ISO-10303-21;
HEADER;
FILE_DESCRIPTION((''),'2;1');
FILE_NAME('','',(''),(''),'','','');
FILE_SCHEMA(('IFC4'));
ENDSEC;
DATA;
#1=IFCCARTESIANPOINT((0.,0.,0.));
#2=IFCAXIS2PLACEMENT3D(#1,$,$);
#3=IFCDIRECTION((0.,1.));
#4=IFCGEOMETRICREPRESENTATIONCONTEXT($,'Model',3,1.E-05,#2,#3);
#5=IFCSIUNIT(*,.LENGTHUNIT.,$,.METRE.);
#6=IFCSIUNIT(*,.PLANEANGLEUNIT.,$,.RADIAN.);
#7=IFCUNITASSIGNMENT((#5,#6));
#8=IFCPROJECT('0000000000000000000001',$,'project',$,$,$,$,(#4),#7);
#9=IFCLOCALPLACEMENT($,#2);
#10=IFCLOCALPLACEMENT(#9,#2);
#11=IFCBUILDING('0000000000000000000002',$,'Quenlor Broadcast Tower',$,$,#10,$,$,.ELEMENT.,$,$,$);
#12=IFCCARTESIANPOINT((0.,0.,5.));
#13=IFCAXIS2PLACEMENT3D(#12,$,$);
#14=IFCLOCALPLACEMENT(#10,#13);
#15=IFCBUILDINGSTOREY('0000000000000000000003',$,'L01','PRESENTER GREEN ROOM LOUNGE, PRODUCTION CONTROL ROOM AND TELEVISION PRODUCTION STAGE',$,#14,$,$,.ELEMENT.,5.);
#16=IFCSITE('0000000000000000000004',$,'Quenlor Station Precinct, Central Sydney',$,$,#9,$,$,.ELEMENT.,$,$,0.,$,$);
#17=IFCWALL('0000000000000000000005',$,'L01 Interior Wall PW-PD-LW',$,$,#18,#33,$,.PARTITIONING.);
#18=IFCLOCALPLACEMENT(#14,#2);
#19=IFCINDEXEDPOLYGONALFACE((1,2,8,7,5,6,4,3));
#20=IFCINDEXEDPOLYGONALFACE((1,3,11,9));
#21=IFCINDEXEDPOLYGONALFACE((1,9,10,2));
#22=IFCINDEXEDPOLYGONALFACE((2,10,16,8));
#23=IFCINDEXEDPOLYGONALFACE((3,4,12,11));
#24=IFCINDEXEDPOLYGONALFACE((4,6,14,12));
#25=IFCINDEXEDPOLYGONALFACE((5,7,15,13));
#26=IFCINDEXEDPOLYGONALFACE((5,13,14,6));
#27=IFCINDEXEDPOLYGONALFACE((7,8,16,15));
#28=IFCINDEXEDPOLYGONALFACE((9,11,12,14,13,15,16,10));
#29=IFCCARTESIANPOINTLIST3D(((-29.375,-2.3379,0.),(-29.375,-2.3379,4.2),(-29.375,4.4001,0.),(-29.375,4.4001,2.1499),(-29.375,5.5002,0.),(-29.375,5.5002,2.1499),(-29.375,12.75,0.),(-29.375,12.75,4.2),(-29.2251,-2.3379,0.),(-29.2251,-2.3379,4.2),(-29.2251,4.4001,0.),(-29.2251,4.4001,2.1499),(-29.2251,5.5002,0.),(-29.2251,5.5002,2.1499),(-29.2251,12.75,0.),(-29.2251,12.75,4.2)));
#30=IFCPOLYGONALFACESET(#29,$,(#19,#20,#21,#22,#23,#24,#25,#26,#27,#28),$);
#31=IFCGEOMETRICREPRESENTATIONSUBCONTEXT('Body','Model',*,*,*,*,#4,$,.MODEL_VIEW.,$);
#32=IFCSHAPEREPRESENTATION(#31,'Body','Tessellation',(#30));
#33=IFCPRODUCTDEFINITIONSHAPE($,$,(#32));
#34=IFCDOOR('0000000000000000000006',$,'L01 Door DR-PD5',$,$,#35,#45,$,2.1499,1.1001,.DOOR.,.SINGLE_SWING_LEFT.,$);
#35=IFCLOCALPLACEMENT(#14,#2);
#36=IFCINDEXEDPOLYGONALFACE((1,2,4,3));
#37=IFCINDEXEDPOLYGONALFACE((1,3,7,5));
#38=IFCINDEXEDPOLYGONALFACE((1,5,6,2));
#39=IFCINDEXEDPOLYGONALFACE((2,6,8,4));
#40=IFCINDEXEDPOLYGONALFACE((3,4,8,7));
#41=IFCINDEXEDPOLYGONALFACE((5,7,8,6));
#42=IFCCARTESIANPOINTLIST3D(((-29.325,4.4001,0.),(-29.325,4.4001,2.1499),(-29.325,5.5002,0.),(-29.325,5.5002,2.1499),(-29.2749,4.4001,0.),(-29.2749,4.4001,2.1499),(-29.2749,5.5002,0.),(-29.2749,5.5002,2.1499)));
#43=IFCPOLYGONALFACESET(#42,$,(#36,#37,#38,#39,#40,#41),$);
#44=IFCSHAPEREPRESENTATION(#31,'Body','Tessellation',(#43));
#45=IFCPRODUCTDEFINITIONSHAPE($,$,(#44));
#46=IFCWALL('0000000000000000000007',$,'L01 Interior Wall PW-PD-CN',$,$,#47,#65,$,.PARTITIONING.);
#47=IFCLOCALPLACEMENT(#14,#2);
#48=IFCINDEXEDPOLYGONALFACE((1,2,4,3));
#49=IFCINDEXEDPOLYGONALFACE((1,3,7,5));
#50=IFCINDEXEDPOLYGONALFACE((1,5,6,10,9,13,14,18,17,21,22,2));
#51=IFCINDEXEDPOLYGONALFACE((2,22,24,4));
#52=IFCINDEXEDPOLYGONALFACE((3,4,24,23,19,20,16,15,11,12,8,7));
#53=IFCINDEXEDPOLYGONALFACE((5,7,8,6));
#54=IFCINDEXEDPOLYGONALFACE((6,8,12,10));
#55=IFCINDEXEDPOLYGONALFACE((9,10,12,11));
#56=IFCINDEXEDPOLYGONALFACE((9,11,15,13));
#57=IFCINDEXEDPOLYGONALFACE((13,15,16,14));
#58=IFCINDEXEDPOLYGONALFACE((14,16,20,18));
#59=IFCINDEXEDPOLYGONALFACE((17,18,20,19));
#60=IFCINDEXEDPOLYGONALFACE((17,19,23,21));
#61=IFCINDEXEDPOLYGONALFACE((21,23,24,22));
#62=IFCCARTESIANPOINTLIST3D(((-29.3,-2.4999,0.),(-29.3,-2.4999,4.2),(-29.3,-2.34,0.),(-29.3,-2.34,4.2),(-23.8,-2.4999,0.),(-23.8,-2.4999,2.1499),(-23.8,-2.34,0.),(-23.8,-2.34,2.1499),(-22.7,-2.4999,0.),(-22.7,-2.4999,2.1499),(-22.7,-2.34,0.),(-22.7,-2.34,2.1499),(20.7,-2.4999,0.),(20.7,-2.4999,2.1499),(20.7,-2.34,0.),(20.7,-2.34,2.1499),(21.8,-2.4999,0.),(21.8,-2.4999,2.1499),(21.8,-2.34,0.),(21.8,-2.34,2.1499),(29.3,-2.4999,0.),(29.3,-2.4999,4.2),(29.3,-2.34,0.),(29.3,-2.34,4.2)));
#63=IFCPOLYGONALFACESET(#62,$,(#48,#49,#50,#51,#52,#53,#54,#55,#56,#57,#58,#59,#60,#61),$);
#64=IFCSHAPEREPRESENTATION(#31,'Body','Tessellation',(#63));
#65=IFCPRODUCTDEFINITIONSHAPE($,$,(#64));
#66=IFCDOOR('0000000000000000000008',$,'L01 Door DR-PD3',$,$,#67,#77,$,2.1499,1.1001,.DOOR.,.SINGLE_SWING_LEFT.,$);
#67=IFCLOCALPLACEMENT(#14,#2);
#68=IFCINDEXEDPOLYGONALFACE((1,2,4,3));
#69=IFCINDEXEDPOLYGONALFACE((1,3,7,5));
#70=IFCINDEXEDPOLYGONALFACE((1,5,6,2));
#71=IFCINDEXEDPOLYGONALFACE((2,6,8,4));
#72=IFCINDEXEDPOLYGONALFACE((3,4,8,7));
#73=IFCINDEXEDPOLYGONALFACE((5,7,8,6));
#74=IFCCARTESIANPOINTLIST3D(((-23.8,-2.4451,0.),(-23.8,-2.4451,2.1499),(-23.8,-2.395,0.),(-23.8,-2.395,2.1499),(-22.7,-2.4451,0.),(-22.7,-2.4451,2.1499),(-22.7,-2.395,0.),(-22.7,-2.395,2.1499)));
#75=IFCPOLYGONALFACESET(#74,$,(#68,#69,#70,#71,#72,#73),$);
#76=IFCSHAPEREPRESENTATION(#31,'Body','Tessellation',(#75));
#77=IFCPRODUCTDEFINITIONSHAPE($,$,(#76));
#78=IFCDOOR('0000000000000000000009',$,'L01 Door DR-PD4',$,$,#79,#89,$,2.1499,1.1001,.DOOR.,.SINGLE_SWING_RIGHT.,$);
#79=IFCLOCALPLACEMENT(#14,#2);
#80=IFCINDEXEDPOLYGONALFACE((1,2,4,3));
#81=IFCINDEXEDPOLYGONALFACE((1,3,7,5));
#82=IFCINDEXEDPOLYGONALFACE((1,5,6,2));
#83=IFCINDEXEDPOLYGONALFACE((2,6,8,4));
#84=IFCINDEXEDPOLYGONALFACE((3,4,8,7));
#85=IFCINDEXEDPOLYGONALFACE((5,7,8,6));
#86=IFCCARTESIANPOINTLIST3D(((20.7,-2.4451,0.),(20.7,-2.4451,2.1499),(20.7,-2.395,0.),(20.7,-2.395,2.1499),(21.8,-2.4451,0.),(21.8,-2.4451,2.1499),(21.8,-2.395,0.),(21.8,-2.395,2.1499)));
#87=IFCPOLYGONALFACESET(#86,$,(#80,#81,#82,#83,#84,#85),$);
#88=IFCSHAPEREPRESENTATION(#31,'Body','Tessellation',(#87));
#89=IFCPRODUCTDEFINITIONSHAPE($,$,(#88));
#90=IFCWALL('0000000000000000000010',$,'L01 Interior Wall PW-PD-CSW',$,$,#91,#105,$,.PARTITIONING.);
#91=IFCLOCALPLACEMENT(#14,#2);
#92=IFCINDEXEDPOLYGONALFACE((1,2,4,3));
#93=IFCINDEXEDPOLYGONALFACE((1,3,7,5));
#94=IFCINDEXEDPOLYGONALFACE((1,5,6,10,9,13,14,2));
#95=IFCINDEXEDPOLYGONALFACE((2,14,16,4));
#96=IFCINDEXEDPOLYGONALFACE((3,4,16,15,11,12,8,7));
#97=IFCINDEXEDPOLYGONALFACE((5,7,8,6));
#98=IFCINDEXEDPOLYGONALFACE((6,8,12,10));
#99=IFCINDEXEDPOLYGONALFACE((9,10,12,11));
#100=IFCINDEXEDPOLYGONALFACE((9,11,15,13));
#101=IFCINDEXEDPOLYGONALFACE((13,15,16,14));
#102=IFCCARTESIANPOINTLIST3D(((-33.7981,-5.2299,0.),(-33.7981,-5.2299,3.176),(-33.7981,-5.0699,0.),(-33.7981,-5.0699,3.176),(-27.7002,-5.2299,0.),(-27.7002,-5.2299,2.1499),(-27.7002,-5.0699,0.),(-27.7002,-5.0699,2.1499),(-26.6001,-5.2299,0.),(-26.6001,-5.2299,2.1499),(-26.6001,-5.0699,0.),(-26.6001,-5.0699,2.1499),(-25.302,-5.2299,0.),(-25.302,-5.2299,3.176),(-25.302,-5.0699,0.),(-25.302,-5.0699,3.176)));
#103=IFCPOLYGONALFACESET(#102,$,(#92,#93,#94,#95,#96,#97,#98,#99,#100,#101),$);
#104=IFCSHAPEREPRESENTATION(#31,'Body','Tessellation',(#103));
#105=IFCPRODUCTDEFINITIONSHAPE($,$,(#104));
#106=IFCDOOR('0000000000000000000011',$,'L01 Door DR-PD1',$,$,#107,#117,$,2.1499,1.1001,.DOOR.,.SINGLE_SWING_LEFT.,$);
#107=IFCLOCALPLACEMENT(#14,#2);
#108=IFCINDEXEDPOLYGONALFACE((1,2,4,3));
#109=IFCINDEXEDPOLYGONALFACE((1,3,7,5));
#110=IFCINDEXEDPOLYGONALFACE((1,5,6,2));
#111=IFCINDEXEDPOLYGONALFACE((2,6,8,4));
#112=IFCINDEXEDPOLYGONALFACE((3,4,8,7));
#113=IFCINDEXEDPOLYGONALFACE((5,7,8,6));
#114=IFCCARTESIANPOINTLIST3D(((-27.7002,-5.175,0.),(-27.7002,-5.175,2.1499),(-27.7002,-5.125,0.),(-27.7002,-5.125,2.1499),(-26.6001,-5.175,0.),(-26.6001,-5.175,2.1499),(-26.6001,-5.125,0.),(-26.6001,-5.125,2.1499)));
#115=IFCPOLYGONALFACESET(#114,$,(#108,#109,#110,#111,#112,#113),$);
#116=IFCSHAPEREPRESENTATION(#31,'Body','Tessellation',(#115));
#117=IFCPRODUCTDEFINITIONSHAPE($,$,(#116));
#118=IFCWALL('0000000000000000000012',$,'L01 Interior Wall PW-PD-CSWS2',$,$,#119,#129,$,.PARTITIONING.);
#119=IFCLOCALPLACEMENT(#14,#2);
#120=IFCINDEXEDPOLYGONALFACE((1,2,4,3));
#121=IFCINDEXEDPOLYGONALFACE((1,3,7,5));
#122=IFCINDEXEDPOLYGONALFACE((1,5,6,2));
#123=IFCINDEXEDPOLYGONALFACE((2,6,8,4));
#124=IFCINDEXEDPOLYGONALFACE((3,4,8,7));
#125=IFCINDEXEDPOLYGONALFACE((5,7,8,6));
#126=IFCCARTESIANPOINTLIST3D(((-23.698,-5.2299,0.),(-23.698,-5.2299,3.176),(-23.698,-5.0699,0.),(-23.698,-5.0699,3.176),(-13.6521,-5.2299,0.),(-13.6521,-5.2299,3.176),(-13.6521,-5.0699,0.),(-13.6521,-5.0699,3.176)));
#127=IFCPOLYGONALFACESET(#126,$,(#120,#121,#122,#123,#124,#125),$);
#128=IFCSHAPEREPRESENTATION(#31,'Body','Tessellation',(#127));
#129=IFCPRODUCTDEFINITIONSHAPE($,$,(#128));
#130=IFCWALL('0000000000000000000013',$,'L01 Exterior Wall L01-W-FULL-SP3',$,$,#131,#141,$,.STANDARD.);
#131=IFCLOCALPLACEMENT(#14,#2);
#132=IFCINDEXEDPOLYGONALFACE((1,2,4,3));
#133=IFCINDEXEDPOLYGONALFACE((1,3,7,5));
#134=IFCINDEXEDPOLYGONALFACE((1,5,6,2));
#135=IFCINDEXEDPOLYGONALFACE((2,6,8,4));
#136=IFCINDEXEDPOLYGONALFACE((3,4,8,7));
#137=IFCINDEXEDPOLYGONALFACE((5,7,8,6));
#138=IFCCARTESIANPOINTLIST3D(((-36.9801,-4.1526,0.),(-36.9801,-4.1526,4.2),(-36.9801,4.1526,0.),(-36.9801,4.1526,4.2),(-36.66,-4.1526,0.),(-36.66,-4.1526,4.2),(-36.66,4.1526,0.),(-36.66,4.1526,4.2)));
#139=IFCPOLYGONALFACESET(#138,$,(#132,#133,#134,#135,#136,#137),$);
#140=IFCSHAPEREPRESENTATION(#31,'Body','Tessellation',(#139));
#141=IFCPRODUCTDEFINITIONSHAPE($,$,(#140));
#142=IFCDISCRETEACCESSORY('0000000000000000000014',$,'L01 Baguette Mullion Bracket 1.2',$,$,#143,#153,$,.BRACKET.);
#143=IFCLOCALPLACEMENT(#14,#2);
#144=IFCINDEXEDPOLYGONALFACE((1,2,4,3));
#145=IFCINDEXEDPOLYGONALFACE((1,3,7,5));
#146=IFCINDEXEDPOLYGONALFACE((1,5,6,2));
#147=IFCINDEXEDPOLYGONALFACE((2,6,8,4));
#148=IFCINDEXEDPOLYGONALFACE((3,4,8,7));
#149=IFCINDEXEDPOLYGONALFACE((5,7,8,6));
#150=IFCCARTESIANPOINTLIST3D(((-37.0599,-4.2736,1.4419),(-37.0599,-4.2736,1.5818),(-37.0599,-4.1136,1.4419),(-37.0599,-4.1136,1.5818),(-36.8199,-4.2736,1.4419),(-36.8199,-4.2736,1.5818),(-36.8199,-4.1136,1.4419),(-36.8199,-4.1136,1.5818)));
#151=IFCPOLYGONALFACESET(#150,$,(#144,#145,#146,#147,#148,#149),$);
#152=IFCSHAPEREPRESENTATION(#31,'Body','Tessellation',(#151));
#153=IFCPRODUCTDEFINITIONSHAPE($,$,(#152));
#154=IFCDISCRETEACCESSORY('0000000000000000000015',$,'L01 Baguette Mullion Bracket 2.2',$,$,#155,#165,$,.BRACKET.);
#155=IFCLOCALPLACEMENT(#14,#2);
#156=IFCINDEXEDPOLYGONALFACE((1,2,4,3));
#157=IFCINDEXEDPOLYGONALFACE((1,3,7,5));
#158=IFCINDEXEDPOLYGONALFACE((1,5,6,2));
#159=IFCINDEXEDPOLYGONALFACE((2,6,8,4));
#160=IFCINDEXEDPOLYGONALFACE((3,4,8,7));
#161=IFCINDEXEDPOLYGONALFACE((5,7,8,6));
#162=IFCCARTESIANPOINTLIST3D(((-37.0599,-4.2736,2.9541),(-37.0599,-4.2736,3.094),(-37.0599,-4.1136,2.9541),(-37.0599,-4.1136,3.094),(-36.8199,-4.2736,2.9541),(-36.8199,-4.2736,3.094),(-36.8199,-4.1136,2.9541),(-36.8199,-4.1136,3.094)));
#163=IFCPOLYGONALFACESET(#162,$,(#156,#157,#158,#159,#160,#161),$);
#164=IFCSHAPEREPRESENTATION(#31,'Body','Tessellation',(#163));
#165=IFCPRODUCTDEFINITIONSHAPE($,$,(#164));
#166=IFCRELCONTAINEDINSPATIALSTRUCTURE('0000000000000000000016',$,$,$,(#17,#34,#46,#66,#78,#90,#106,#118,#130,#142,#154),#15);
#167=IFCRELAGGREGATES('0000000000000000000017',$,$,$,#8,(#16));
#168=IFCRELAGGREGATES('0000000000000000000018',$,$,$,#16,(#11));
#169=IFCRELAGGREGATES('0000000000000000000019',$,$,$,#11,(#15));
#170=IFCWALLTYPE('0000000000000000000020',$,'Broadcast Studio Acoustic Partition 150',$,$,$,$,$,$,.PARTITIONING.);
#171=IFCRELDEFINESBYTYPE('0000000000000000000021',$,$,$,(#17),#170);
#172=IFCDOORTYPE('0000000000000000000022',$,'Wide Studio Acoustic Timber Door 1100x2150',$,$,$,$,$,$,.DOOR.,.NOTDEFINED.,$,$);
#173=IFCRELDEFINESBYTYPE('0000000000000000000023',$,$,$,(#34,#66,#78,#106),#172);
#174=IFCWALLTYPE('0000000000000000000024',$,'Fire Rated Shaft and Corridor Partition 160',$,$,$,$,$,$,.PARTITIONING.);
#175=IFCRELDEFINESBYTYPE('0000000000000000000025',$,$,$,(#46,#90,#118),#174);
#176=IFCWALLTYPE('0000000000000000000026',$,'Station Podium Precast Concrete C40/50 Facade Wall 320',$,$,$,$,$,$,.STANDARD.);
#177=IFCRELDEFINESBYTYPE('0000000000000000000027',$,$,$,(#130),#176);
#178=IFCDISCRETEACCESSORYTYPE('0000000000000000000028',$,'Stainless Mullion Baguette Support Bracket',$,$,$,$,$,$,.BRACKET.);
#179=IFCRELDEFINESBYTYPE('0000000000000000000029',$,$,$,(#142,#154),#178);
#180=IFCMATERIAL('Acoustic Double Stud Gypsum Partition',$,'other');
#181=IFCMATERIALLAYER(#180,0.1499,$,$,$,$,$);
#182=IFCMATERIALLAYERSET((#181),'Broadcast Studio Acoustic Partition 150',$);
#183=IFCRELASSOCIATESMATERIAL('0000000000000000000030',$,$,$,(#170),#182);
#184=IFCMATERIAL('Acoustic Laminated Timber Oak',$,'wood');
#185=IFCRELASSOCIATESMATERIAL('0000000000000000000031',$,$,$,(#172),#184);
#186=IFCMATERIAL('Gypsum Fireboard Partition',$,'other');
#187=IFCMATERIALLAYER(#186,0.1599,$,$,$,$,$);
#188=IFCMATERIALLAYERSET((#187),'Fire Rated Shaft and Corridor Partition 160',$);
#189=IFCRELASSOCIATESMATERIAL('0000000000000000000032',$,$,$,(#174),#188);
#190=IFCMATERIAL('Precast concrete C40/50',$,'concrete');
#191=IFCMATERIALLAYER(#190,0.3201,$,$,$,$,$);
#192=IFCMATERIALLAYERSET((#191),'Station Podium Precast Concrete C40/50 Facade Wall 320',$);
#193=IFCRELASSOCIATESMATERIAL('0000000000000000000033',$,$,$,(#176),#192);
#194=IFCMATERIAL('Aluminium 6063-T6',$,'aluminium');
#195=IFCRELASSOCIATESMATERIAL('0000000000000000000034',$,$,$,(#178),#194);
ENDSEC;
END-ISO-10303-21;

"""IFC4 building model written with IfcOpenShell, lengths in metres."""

from ifc_helpers import new_model, si_unit, direction, frame, frame_2d, origin, origin_2d, place, context, subcontext, project, spatial, rectangle, extrude, material, layer, layer_set, type_object, element, fill, save


model = new_model("IFC4")

# Units and contexts
model_context = context("Model", 3, precision=1e-05, world=origin(), true_north=direction((0.0, 1.0)))
body_context = subcontext(model_context, "Body", "Model", "MODEL_VIEW")
ifc_project = project(units=[si_unit("LENGTHUNIT", "METRE"), si_unit("PLANEANGLEUNIT", "RADIAN")], contexts=[model_context])

# Site, building, storey
site_placement = place(None, origin())
site = spatial("IfcSite", under=ifc_project, at=site_placement, Name="Quenlor Station Precinct, Central Sydney", CompositionType="ELEMENT", RefElevation=0.0)
building_placement = place(site_placement, origin())
building = spatial("IfcBuilding", under=site, at=building_placement, Name="Quenlor Broadcast Tower", CompositionType="ELEMENT")
storey_placement = place(building_placement, frame((0.0, 0.0, 5.0)))
storey = spatial("IfcBuildingStorey", under=building, at=storey_placement, Name="L01", Description="PRESENTER GREEN ROOM LOUNGE, PRODUCTION CONTROL ROOM AND TELEVISION PRODUCTION STAGE", CompositionType="ELEMENT", Elevation=5.0)

# Wall, opening, door
ifc_material_1 = material(Name="Acoustic Double Stud Gypsum Partition", Category="other")
ifc_layer_1 = layer(ifc_material_1, 0.1499)
ifc_layer_set_1 = layer_set([ifc_layer_1], Name="Broadcast Studio Acoustic Partition 150")
wall_type_1 = type_object("IfcWallType", Name="Broadcast Studio Acoustic Partition 150", PredefinedType="PARTITIONING", material=ifc_layer_set_1)
wall_1_placement = place(storey_placement, frame((-29.3, -2.3379, 0.0), z_axis=(0.0, 0.0, 1.0), x_axis=(0.0, 1.0, 0.0)))
wall_1 = element("IfcWall", 1, at=wall_1_placement, inside=storey, type_object=wall_type_1, Name="L01 Interior Wall PW-PD-LW", PredefinedType="PARTITIONING", context=body_context, shape_type="SweptSolid", body=[
    extrude(rectangle(XDim=15.0879, YDim=0.1499, at=frame_2d((7.5439, 0.0))), origin(), (0.0, 0.0, 1.0), 4.2),
])
opening_1_placement = place(wall_1_placement, frame((6.738, 0.0, 0.0)))
opening_1 = element("IfcOpeningElement", 2, at=opening_1_placement, cuts=wall_1, PredefinedType="OPENING", context=body_context, shape_type="SweptSolid", body=[
    extrude(rectangle(XDim=1.1001, YDim=2.1499, at=frame_2d((0.55, 1.075))), frame((0.0, 0.085, 0.0), z_axis=(0.0, -1.0, 0.0), x_axis=(1.0, 0.0, 0.0)), (0.0, 0.0, 1.0), 0.1699),
])
ifc_material_2 = material(Name="Acoustic Laminated Timber Oak", Category="wood")
door_type = type_object("IfcDoorType", Name="Wide Studio Acoustic Timber Door 1100x2150", OperationType="NOTDEFINED", PredefinedType="DOOR", material=ifc_material_2)
door_1_placement = place(opening_1_placement, origin())
door_1 = element("IfcDoor", 3, at=door_1_placement, inside=storey, type_object=door_type, Name="L01 Door DR-PD5", OperationType="SINGLE_SWING_LEFT", OverallHeight=2.1499, OverallWidth=1.1001, PredefinedType="DOOR", context=body_context, shape_type="SweptSolid", body=[
    extrude(rectangle(XDim=1.1001, YDim=2.1499, at=frame_2d((0.55, 1.075))), frame((0.0, 0.0249, 0.0), z_axis=(0.0, -1.0, 0.0), x_axis=(1.0, 0.0, 0.0)), (0.0, 0.0, 1.0), 0.05),
])
fill(opening_1, door_1)

# Wall, openings, doors
ifc_material_3 = material(Name="Gypsum Fireboard Partition", Category="other")
ifc_layer_2 = layer(ifc_material_3, 0.1599)
ifc_layer_set_2 = layer_set([ifc_layer_2], Name="Fire Rated Shaft and Corridor Partition 160")
wall_type_2 = type_object("IfcWallType", Name="Fire Rated Shaft and Corridor Partition 160", PredefinedType="PARTITIONING", material=ifc_layer_set_2)
wall_2_placement = place(storey_placement, frame((-29.3, -2.4199, 0.0), z_axis=(0.0, 0.0, 1.0), x_axis=(1.0, 0.0, 0.0)))
wall_2 = element("IfcWall", 4, at=wall_2_placement, inside=storey, type_object=wall_type_2, Name="L01 Interior Wall PW-PD-CN", PredefinedType="PARTITIONING", context=body_context, shape_type="SweptSolid", body=[
    extrude(rectangle(XDim=58.6001, YDim=0.1599, at=frame_2d((29.3, 0.0))), origin(), (0.0, 0.0, 1.0), 4.2),
])
opening_2_placement = place(wall_2_placement, frame((5.5, 0.0, 0.0)))
opening_2 = element("IfcOpeningElement", 5, at=opening_2_placement, cuts=wall_2, PredefinedType="OPENING", context=body_context, shape_type="SweptSolid", body=[
    extrude(rectangle(XDim=1.1001, YDim=2.1499, at=frame_2d((0.55, 1.075))), frame((0.0, 0.0898, 0.0), z_axis=(0.0, -1.0, 0.0), x_axis=(1.0, 0.0, 0.0)), (0.0, 0.0, 1.0), 0.1799),
])
opening_3_placement = place(wall_2_placement, frame((50.0, 0.0, 0.0)))
opening_3 = element("IfcOpeningElement", 6, at=opening_3_placement, cuts=wall_2, PredefinedType="OPENING", context=body_context, shape_type="SweptSolid", body=[
    extrude(rectangle(XDim=1.1001, YDim=2.1499, at=frame_2d((0.55, 1.075))), frame((0.0, 0.0898, 0.0), z_axis=(0.0, -1.0, 0.0), x_axis=(1.0, 0.0, 0.0)), (0.0, 0.0, 1.0), 0.1799),
])
door_2_placement = place(opening_2_placement, origin())
door_2 = element("IfcDoor", 7, at=door_2_placement, inside=storey, type_object=door_type, Name="L01 Door DR-PD3", OperationType="SINGLE_SWING_LEFT", OverallHeight=2.1499, OverallWidth=1.1001, PredefinedType="DOOR", context=body_context, shape_type="SweptSolid", body=[
    extrude(rectangle(XDim=1.1001, YDim=2.1499, at=frame_2d((0.55, 1.075))), frame((0.0, 0.0249, 0.0), z_axis=(0.0, -1.0, 0.0), x_axis=(1.0, 0.0, 0.0)), (0.0, 0.0, 1.0), 0.05),
])
fill(opening_2, door_2)
door_3_placement = place(opening_3_placement, origin())
door_3 = element("IfcDoor", 8, at=door_3_placement, inside=storey, type_object=door_type, Name="L01 Door DR-PD4", OperationType="SINGLE_SWING_RIGHT", OverallHeight=2.1499, OverallWidth=1.1001, PredefinedType="DOOR", context=body_context, shape_type="SweptSolid", body=[
    extrude(rectangle(XDim=1.1001, YDim=2.1499, at=frame_2d((0.55, 1.075))), frame((0.0, 0.0249, 0.0), z_axis=(0.0, -1.0, 0.0), x_axis=(1.0, 0.0, 0.0)), (0.0, 0.0, 1.0), 0.05),
])
fill(opening_3, door_3)

# Wall, opening, door
wall_3_placement = place(storey_placement, frame((-33.7981, -5.1499, 0.0), z_axis=(0.0, 0.0, 1.0), x_axis=(1.0, 0.0, 0.0)))
wall_3 = element("IfcWall", 9, at=wall_3_placement, inside=storey, type_object=wall_type_2, Name="L01 Interior Wall PW-PD-CSW", PredefinedType="PARTITIONING", context=body_context, shape_type="SweptSolid", body=[
    extrude(rectangle(XDim=8.4961, YDim=0.1599, at=frame_2d((4.248, 0.0))), origin(), (0.0, 0.0, 1.0), 3.176),
])
opening_4_placement = place(wall_3_placement, frame((6.0979, 0.0, 0.0)))
opening_4 = element("IfcOpeningElement", 10, at=opening_4_placement, cuts=wall_3, PredefinedType="OPENING", context=body_context, shape_type="SweptSolid", body=[
    extrude(rectangle(XDim=1.1001, YDim=2.1499, at=frame_2d((0.55, 1.075))), frame((0.0, 0.0898, 0.0), z_axis=(0.0, -1.0, 0.0), x_axis=(1.0, 0.0, 0.0)), (0.0, 0.0, 1.0), 0.1799),
])
door_4_placement = place(opening_4_placement, origin())
door_4 = element("IfcDoor", 11, at=door_4_placement, inside=storey, type_object=door_type, Name="L01 Door DR-PD1", OperationType="SINGLE_SWING_LEFT", OverallHeight=2.1499, OverallWidth=1.1001, PredefinedType="DOOR", context=body_context, shape_type="SweptSolid", body=[
    extrude(rectangle(XDim=1.1001, YDim=2.1499, at=frame_2d((0.55, 1.075))), frame((0.0, 0.0249, 0.0), z_axis=(0.0, -1.0, 0.0), x_axis=(1.0, 0.0, 0.0)), (0.0, 0.0, 1.0), 0.05),
])
fill(opening_4, door_4)

# Walls
wall_4_placement = place(storey_placement, frame((-23.698, -5.1499, 0.0), z_axis=(0.0, 0.0, 1.0), x_axis=(1.0, 0.0, 0.0)))
element("IfcWall", 12, at=wall_4_placement, inside=storey, type_object=wall_type_2, Name="L01 Interior Wall PW-PD-CSWS2", PredefinedType="PARTITIONING", context=body_context, shape_type="SweptSolid", body=[
    extrude(rectangle(XDim=10.0459, YDim=0.1599, at=frame_2d((5.0229, 0.0))), origin(), (0.0, 0.0, 1.0), 3.176),
])
ifc_material_4 = material(Name="Precast concrete C40/50", Category="concrete")
ifc_layer_3 = layer(ifc_material_4, 0.3201)
ifc_layer_set_3 = layer_set([ifc_layer_3], Name="Station Podium Precast Concrete C40/50 Facade Wall 320")
wall_type_3 = type_object("IfcWallType", Name="Station Podium Precast Concrete C40/50 Facade Wall 320", PredefinedType="STANDARD", material=ifc_layer_set_3)
wall_5_placement = place(storey_placement, frame((-36.8201, -4.1526, 0.0), z_axis=(0.0, 0.0, 1.0), x_axis=(0.0, 1.0, 0.0)))
element("IfcWall", 13, at=wall_5_placement, inside=storey, type_object=wall_type_3, Name="L01 Exterior Wall L01-W-FULL-SP3", PredefinedType="STANDARD", context=body_context, shape_type="SweptSolid", body=[
    extrude(rectangle(XDim=8.3052, YDim=0.3201, at=frame_2d((4.1526, 0.0))), origin(), (0.0, 0.0, 1.0), 4.2),
])

# Discrete accessories
ifc_material_5 = material(Name="Aluminium 6063-T6", Category="aluminium")
discrete_accessory_type = type_object("IfcDiscreteAccessoryType", Name="Stainless Mullion Baguette Support Bracket", PredefinedType="BRACKET", material=ifc_material_5)
for number, where, z_axis, x_axis, name in (
    (14, (-36.9399, -4.1936, 1.4419), (0.0, 0.0, 1.0), (0.0, 1.0, 0.0), "L01 Baguette Mullion Bracket 1.2"),
    (15, (-36.9399, -4.1936, 2.9541), (0.0, 0.0, 1.0), (0.0, 1.0, 0.0), "L01 Baguette Mullion Bracket 2.2"),
):
    element("IfcDiscreteAccessory", number, at=place(storey_placement, frame(where, z_axis=z_axis, x_axis=x_axis)), inside=storey, type_object=discrete_accessory_type, Name=name, PredefinedType="BRACKET", context=body_context, shape_type="SweptSolid", body=[
        extrude(rectangle(XDim=0.1599, YDim=0.24, at=origin_2d()), origin(), (0.0, 0.0, 1.0), 0.1399),
    ])

save(model, "model.ifc")
